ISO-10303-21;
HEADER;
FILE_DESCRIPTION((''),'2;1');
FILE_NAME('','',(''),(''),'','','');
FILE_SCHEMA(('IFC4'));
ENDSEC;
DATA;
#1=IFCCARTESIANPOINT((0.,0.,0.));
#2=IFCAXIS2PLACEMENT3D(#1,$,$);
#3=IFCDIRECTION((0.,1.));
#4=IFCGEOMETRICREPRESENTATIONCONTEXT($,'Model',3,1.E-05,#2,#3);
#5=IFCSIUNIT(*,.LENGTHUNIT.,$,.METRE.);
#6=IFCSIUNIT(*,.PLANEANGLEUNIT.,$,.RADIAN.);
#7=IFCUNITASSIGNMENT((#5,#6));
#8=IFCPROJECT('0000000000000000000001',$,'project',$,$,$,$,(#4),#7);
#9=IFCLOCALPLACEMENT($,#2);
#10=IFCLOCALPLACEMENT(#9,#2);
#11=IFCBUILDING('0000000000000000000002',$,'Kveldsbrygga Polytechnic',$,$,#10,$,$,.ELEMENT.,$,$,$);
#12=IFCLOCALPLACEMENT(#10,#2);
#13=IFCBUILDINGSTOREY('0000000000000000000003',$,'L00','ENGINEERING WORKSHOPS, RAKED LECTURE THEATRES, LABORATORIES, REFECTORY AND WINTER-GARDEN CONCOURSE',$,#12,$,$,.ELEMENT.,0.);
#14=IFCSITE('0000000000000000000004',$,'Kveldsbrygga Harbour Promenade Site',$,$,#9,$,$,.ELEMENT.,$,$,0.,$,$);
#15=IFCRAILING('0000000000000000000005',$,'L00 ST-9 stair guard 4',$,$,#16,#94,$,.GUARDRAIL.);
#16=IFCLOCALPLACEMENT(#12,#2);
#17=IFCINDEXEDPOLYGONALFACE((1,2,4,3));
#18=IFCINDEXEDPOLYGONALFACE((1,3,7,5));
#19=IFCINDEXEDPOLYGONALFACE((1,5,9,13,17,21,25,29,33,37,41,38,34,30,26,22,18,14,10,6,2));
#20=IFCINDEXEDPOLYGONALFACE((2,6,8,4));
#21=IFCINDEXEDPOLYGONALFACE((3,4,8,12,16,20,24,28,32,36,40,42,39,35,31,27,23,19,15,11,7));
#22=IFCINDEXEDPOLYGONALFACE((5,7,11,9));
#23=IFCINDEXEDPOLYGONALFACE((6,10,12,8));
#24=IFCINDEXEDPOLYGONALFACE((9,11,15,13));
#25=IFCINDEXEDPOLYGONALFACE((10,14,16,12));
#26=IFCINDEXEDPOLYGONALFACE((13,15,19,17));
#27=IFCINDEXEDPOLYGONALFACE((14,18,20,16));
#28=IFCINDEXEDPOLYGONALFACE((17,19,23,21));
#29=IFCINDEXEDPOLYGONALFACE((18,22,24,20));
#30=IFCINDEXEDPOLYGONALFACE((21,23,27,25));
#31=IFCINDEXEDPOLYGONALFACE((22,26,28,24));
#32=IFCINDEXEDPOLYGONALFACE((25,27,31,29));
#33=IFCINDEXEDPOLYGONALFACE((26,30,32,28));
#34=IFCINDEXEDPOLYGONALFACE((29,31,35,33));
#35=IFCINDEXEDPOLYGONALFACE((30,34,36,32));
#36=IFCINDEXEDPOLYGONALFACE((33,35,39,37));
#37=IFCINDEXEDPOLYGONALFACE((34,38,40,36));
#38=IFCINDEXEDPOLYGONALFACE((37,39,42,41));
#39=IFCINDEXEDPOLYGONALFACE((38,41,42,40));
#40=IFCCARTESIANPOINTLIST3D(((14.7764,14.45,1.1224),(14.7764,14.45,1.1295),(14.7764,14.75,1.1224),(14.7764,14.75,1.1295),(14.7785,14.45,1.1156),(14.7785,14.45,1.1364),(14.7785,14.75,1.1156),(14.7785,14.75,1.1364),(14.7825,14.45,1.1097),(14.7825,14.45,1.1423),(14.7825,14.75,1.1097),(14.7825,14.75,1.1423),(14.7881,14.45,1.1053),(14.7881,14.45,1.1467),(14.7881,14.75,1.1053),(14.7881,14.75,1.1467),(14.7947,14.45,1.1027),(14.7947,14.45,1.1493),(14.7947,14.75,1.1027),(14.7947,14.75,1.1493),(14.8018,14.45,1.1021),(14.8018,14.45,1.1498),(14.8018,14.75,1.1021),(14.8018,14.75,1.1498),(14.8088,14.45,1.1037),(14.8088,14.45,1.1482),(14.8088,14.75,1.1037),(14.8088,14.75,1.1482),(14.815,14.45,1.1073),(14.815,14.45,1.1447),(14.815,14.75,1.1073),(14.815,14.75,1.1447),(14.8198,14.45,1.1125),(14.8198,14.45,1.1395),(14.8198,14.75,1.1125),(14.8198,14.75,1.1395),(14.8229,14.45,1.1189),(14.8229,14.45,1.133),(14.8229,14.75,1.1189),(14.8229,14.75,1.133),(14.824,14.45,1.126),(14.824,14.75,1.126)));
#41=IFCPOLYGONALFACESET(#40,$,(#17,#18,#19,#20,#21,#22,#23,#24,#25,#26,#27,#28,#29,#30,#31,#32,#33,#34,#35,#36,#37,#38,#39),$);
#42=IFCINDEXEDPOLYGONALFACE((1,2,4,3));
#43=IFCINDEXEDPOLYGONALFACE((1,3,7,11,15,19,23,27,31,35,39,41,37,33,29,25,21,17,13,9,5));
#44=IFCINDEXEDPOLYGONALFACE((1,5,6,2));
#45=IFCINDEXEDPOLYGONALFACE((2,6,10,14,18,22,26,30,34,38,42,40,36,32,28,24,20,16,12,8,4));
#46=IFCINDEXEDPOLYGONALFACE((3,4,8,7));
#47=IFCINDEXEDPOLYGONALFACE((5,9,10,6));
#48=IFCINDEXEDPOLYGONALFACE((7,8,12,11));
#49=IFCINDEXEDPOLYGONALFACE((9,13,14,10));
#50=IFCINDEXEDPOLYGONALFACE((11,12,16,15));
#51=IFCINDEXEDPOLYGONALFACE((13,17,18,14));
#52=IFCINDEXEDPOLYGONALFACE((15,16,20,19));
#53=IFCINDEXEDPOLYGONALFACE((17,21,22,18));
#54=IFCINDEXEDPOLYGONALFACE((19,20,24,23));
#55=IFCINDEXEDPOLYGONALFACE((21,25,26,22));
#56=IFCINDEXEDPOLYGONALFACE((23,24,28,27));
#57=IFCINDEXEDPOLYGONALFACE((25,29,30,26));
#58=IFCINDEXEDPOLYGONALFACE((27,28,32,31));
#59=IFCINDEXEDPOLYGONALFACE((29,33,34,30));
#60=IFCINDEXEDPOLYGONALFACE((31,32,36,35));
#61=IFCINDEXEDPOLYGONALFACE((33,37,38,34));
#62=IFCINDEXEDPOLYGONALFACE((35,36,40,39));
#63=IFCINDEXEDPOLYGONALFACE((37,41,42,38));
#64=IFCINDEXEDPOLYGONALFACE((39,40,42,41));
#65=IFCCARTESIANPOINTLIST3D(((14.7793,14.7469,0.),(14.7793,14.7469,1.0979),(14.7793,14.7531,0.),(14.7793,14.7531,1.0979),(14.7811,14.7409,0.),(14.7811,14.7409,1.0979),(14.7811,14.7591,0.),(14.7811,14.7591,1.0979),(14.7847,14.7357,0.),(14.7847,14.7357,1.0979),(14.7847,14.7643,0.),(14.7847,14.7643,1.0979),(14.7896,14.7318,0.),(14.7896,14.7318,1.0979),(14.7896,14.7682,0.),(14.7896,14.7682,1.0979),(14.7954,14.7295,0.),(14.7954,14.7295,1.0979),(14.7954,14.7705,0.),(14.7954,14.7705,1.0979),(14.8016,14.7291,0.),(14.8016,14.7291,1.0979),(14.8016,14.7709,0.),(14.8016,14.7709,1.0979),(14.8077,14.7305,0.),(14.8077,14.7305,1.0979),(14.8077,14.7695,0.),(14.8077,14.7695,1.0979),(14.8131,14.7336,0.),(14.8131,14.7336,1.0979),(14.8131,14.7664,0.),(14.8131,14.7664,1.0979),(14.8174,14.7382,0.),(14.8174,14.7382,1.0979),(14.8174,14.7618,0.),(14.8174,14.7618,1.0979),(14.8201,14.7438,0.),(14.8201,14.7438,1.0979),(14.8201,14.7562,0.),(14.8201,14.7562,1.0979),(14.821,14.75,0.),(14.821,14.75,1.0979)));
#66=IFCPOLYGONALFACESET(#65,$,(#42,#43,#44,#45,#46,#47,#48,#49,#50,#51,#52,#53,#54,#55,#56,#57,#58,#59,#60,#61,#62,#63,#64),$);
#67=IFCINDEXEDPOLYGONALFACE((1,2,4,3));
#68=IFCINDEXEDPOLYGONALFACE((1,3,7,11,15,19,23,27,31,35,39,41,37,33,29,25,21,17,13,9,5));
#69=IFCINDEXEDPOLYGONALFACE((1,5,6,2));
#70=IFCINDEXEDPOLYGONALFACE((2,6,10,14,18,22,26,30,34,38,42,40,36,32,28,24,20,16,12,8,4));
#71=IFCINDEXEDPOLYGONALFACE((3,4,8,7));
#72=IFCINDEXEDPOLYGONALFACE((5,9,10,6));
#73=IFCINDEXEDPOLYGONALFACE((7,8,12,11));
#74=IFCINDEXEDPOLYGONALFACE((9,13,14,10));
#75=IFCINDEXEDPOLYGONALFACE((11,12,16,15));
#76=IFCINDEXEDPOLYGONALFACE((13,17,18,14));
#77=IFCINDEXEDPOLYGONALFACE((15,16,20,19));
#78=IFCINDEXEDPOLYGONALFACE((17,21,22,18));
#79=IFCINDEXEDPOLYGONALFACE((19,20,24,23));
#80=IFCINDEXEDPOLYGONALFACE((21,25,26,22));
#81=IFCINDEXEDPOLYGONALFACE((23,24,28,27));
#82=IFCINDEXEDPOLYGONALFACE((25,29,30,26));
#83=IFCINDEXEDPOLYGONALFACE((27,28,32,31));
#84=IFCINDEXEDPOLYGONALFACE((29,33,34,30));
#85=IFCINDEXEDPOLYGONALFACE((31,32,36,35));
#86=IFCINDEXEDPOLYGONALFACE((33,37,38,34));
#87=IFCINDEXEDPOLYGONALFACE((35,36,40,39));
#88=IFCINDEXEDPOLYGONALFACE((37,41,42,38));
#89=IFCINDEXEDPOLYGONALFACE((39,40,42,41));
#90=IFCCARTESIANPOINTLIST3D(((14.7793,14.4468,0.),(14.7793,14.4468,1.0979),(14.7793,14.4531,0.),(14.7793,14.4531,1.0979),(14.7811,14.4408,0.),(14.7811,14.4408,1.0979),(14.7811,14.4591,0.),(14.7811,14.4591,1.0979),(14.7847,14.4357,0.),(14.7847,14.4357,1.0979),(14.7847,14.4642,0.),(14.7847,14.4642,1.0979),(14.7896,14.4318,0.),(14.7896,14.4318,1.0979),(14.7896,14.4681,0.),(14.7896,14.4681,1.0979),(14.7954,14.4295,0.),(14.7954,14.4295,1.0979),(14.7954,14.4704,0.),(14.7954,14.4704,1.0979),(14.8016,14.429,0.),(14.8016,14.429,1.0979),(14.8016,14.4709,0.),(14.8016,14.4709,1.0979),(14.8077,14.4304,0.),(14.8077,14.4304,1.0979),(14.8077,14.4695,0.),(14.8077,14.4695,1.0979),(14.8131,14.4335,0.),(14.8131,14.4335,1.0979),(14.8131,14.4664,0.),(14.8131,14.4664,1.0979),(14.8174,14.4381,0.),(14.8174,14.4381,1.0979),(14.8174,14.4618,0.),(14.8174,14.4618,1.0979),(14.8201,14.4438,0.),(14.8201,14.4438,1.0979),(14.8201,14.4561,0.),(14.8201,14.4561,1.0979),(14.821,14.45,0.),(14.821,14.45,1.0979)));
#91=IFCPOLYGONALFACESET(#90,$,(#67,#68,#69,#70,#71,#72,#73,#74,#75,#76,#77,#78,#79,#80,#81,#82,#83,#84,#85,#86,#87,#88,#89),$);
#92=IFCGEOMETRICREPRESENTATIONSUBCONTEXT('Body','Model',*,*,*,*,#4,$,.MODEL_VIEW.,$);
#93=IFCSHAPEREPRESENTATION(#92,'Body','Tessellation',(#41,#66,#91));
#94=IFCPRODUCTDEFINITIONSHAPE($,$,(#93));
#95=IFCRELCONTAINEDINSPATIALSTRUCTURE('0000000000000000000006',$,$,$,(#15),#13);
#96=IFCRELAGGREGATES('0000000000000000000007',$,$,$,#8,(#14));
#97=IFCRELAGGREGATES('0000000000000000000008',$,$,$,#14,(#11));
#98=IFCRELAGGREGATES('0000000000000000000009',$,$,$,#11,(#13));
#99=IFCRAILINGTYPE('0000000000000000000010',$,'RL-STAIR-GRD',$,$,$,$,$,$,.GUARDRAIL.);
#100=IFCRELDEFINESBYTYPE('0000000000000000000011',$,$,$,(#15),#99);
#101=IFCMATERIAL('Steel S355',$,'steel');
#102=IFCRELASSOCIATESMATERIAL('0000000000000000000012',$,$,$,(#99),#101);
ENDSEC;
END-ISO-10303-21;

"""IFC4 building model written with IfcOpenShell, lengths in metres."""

from ifc_helpers import new_model, si_unit, direction, frame, origin, origin_2d, place, context, subcontext, project, spatial, circle, extrude, material, type_object, element, save


model = new_model("IFC4")

# Units and contexts
model_context = context("Model", 3, precision=1e-05, world=origin(), true_north=direction((0.0, 1.0)))
body_context = subcontext(model_context, "Body", "Model", "MODEL_VIEW")
ifc_project = project(units=[si_unit("LENGTHUNIT", "METRE"), si_unit("PLANEANGLEUNIT", "RADIAN")], contexts=[model_context])

# Site, building, storey
site_placement = place(None, origin())
site = spatial("IfcSite", under=ifc_project, at=site_placement, Name="Kveldsbrygga Harbour Promenade Site", CompositionType="ELEMENT", RefElevation=0.0)
building_placement = place(site_placement, origin())
building = spatial("IfcBuilding", under=site, at=building_placement, Name="Kveldsbrygga Polytechnic", CompositionType="ELEMENT")
storey_placement = place(building_placement, origin())
storey = spatial("IfcBuildingStorey", under=building, at=storey_placement, Name="L00", Description="ENGINEERING WORKSHOPS, RAKED LECTURE THEATRES, LABORATORIES, REFECTORY AND WINTER-GARDEN CONCOURSE", CompositionType="ELEMENT", Elevation=0.0)

# Railing
ifc_material_1 = material(Name="Steel S355", Category="steel")
railing_type_1 = type_object("IfcRailingType", Name="RL-STAIR-GRD", PredefinedType="GUARDRAIL", material=ifc_material_1)
railing_1_placement = place(storey_placement, frame((14.8, 14.75, 0.0)))
element("IfcRailing", 1, at=railing_1_placement, inside=storey, type_object=railing_type_1, Name="L00 ST-9 stair guard 4", PredefinedType="GUARDRAIL", context=body_context, shape_type="SweptSolid", body=[
    extrude(circle(Radius=0.0239, at=origin_2d()), frame((0.0, 0.0, 1.126), z_axis=(0.0, -1.0, 0.0), x_axis=(1.0, 0.0, 0.0)), (0.0, 0.0, 1.0), 0.3),
    extrude(circle(Radius=0.021, at=origin_2d()), origin(), (0.0, 0.0, 1.0), 1.0979),
    extrude(circle(Radius=0.021, at=origin_2d()), frame((0.0, -0.3, 0.0)), (0.0, 0.0, 1.0), 1.0979),
])

save(model, "model.ifc")
